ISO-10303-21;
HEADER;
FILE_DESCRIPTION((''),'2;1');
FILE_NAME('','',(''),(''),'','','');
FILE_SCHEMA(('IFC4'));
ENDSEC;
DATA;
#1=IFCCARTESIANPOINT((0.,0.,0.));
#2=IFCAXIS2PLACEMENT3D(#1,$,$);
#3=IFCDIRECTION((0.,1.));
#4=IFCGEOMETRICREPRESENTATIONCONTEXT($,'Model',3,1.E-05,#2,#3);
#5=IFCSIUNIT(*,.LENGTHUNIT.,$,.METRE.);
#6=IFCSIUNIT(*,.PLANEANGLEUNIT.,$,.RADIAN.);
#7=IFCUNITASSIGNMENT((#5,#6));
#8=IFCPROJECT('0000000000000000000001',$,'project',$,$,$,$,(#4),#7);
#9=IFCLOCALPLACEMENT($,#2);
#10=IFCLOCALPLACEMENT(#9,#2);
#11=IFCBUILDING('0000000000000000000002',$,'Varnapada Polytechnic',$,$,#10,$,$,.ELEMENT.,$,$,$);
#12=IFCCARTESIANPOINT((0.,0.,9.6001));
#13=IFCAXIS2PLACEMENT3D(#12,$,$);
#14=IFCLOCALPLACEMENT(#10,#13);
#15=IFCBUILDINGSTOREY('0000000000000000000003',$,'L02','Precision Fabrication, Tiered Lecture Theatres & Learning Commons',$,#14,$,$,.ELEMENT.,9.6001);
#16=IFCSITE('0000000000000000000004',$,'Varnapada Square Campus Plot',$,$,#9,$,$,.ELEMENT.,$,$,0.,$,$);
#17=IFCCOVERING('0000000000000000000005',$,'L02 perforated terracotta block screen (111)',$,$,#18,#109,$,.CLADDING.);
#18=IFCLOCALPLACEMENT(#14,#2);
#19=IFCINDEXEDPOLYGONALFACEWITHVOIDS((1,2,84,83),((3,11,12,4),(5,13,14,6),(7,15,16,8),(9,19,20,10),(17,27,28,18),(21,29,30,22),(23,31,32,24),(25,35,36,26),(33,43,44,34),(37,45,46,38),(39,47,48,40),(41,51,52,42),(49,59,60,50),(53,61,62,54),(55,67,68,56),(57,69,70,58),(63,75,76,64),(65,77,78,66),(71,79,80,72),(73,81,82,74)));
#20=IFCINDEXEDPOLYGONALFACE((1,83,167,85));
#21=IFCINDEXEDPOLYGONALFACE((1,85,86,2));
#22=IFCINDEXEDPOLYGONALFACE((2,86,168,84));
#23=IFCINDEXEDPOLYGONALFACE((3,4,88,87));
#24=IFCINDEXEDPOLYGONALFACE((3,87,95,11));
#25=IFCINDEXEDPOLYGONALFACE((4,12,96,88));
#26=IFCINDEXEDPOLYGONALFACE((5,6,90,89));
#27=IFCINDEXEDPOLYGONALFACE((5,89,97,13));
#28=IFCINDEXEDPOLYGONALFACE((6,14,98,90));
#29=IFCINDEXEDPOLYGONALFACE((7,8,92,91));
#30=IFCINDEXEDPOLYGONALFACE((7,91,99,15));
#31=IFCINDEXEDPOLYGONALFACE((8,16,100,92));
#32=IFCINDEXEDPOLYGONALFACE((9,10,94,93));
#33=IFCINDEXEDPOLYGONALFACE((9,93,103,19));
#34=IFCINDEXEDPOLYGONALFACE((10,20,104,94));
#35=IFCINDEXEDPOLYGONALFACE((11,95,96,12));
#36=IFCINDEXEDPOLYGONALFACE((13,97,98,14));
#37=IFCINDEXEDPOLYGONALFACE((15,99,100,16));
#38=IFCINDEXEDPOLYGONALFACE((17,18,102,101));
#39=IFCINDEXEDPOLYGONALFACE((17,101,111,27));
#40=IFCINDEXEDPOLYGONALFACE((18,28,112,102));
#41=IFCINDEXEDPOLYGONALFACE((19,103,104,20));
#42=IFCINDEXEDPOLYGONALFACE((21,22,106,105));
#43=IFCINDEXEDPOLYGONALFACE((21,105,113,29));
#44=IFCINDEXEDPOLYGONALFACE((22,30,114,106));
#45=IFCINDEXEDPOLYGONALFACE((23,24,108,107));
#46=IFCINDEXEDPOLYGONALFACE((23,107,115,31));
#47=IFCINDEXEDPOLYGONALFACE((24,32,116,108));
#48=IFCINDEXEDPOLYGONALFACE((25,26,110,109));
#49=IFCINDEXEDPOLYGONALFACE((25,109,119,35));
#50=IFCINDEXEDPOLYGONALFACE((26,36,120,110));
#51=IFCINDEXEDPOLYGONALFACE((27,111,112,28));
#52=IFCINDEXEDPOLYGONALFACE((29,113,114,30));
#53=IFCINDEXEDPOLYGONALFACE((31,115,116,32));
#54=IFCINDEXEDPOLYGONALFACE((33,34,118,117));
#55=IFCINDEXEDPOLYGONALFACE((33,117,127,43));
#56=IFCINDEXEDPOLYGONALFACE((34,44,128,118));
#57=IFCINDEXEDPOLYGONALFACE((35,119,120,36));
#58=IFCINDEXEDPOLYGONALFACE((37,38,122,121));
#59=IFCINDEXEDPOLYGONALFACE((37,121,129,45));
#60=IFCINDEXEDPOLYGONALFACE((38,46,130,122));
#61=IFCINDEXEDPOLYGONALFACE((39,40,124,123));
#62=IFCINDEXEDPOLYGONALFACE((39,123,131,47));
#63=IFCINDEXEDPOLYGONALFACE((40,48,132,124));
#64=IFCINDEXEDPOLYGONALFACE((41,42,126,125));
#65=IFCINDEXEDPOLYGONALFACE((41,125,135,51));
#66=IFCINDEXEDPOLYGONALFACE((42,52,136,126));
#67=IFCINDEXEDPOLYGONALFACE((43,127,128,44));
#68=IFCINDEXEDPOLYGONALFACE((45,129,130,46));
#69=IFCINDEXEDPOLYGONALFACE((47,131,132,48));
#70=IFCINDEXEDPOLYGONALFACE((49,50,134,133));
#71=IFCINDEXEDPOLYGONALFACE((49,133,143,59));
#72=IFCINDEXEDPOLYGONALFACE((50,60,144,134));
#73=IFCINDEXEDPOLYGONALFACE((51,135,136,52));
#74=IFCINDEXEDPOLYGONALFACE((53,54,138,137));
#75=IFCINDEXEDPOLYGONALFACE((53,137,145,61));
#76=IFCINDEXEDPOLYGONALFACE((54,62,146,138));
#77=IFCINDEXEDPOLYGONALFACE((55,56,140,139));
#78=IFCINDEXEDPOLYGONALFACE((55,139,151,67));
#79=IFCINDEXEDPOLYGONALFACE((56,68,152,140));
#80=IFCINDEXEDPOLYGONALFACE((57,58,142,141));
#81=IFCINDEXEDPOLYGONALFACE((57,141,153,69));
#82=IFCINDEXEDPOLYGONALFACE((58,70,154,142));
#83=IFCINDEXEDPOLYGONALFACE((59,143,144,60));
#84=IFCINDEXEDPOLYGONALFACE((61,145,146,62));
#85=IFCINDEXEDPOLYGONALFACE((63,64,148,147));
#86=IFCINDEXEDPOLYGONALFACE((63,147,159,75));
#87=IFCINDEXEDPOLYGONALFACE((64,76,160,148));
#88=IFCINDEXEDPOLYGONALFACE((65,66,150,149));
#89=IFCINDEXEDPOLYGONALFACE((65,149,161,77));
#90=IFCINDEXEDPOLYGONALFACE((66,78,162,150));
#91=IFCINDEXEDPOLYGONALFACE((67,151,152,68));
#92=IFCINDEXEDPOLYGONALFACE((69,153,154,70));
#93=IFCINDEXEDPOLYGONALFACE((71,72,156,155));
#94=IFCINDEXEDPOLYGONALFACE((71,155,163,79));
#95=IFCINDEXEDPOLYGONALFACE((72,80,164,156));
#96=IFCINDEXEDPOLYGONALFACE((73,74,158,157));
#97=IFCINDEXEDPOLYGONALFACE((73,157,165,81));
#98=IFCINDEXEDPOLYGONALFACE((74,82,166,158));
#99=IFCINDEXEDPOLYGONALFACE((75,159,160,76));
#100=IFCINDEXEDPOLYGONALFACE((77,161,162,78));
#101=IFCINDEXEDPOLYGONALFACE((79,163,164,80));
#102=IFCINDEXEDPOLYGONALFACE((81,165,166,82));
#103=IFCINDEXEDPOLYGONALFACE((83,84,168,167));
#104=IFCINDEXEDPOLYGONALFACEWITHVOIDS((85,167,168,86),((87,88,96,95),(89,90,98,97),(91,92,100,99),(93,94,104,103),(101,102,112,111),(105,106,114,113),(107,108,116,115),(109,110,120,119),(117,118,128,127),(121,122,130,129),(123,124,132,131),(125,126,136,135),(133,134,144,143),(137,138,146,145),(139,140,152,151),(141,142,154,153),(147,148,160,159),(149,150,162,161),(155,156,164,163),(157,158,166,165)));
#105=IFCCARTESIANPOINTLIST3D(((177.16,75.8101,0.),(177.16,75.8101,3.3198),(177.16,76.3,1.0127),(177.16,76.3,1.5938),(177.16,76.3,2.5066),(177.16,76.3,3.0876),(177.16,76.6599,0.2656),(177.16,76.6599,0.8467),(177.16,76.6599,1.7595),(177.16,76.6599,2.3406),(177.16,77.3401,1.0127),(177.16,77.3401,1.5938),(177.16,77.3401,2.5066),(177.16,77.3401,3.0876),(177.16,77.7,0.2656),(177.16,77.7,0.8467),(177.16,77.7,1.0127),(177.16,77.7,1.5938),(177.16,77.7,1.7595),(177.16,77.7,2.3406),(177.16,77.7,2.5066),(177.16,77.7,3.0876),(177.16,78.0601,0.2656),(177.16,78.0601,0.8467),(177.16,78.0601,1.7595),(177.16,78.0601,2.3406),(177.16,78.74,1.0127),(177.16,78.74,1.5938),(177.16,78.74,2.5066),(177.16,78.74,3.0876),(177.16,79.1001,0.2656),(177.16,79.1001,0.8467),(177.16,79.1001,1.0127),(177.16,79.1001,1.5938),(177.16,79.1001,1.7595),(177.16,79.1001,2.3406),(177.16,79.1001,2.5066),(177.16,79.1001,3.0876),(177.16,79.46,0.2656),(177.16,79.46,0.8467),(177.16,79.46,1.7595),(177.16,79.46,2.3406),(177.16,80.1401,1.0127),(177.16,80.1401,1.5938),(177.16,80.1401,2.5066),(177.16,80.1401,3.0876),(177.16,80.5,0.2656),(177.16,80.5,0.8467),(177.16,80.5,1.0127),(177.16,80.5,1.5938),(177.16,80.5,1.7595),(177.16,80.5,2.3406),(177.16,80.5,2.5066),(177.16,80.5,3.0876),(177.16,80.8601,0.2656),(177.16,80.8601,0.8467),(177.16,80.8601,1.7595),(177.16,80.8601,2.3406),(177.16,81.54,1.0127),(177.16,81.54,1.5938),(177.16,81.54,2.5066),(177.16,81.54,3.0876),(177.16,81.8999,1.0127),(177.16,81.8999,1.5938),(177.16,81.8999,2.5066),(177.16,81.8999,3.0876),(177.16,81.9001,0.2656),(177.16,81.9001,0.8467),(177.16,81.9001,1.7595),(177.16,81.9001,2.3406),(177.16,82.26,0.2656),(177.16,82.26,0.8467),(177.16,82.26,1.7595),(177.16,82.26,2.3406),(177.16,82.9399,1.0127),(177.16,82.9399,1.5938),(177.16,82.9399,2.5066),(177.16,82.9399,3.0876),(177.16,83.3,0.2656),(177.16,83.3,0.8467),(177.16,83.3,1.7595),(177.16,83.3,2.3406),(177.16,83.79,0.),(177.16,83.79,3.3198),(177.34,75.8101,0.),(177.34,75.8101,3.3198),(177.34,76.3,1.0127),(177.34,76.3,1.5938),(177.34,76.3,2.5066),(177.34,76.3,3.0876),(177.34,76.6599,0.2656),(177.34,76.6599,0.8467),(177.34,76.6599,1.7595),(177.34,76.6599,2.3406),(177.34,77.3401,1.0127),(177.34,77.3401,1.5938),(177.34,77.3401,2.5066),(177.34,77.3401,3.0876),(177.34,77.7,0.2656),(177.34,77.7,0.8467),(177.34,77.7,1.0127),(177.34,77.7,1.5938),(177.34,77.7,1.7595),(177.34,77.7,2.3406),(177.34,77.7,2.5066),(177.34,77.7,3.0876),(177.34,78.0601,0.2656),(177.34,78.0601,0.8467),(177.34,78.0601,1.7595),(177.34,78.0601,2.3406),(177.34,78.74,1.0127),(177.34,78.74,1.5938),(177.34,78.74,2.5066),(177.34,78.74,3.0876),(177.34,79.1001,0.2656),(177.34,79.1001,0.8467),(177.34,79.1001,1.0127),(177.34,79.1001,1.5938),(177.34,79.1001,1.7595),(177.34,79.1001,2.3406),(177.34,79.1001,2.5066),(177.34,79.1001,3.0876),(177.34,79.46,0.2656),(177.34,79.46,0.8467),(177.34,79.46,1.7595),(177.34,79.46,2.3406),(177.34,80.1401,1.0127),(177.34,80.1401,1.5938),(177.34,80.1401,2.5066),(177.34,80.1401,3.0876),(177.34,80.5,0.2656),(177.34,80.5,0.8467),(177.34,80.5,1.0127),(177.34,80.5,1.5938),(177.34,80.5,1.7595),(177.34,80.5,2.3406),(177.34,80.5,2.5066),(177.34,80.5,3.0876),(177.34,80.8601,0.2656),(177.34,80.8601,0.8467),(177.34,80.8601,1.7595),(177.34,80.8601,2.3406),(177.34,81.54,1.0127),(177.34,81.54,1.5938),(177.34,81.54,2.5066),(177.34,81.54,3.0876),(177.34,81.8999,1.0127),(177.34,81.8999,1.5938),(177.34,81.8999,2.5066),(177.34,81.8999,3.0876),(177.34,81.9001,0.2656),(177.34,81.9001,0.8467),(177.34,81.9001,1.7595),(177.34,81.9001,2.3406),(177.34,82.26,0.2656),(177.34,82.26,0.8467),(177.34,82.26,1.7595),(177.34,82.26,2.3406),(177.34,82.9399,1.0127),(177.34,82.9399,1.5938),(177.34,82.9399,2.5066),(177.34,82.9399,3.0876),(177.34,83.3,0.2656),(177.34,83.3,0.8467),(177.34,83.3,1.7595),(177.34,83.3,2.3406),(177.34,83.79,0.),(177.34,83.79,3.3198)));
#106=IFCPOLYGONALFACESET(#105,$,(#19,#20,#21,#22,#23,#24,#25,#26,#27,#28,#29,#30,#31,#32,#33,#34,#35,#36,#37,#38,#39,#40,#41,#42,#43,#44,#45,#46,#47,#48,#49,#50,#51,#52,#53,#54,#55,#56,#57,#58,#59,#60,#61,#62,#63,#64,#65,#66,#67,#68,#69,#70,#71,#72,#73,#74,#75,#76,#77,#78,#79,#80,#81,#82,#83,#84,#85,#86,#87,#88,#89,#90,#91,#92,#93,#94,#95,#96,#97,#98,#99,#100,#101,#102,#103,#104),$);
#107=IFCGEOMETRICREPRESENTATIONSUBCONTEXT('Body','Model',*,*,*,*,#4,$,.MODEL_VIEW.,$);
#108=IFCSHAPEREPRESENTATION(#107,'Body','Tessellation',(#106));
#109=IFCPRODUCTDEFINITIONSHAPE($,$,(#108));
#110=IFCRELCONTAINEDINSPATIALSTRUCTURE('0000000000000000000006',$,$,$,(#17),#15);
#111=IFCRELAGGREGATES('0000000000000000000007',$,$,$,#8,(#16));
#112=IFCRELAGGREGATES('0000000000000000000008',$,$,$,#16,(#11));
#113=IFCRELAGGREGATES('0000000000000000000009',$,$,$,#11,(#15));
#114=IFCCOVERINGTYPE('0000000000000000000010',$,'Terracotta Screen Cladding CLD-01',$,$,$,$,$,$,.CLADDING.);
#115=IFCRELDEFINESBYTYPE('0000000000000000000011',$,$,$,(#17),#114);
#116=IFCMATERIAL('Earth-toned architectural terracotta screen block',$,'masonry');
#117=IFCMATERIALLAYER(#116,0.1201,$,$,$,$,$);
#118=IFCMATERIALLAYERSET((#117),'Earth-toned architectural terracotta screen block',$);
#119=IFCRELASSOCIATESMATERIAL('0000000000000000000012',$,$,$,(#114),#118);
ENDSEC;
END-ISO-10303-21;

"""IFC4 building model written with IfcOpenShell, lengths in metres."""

from ifc_helpers import new_model, si_unit, direction, frame, frame_2d, origin, place, context, subcontext, project, spatial, rectangle, extrude, material, layer, layer_set, type_object, element, save


model = new_model("IFC4")

# Units and contexts
model_context = context("Model", 3, precision=1e-05, world=origin(), true_north=direction((0.0, 1.0)))
body_context = subcontext(model_context, "Body", "Model", "MODEL_VIEW")
ifc_project = project(units=[si_unit("LENGTHUNIT", "METRE"), si_unit("PLANEANGLEUNIT", "RADIAN")], contexts=[model_context])

# Site, building, storey
site_placement = place(None, origin())
site = spatial("IfcSite", under=ifc_project, at=site_placement, Name="Varnapada Square Campus Plot", CompositionType="ELEMENT", RefElevation=0.0)
building_placement = place(site_placement, origin())
building = spatial("IfcBuilding", under=site, at=building_placement, Name="Varnapada Polytechnic", CompositionType="ELEMENT")
storey_placement = place(building_placement, frame((0.0, 0.0, 9.6001)))
storey = spatial("IfcBuildingStorey", under=building, at=storey_placement, Name="L02", Description="Precision Fabrication, Tiered Lecture Theatres & Learning Commons", CompositionType="ELEMENT", Elevation=9.6001)

# Covering, openings
ifc_material_1 = material(Name="Earth-toned architectural terracotta screen block", Category="masonry")
ifc_layer_1 = layer(ifc_material_1, 0.1201)
ifc_layer_set_1 = layer_set([ifc_layer_1], Name="Earth-toned architectural terracotta screen block")
covering_type = type_object("IfcCoveringType", Name="Terracotta Screen Cladding CLD-01", PredefinedType="CLADDING", material=ifc_layer_set_1)
covering_placement = place(storey_placement, frame((177.25, 83.79, 0.0), z_axis=(0.0, 0.0, 1.0), x_axis=(0.0, -1.0, 0.0)))
covering = element("IfcCovering", 1, at=covering_placement, inside=storey, type_object=covering_type, Name="L02 perforated terracotta block screen (111)", PredefinedType="CLADDING", context=body_context, shape_type="SweptSolid", body=[
    extrude(rectangle(XDim=7.98, YDim=0.1799, at=frame_2d((3.99, 0.0))), origin(), (0.0, 0.0, 1.0), 3.3198),
])
opening_1_placement = place(covering_placement, frame((0.49, 0.0, 0.2656)))
element("IfcOpeningElement", 2, at=opening_1_placement, cuts=covering, PredefinedType="OPENING", context=body_context, shape_type="SweptSolid", body=[
    extrude(rectangle(XDim=1.04, YDim=0.5811, at=frame_2d((0.52, 0.2905))), frame((0.0, 0.0999, 0.0), z_axis=(0.0, -1.0, 0.0), x_axis=(1.0, 0.0, 0.0)), (0.0, 0.0, 1.0), 0.2),
])
opening_2_placement = place(covering_placement, frame((1.8899, 0.0, 0.2656)))
element("IfcOpeningElement", 3, at=opening_2_placement, cuts=covering, PredefinedType="OPENING", context=body_context, shape_type="SweptSolid", body=[
    extrude(rectangle(XDim=1.04, YDim=0.5811, at=frame_2d((0.52, 0.2905))), frame((0.0, 0.0999, 0.0), z_axis=(0.0, -1.0, 0.0), x_axis=(1.0, 0.0, 0.0)), (0.0, 0.0, 1.0), 0.2),
])
opening_3_placement = place(covering_placement, frame((3.29, 0.0, 0.2656)))
element("IfcOpeningElement", 4, at=opening_3_placement, cuts=covering, PredefinedType="OPENING", context=body_context, shape_type="SweptSolid", body=[
    extrude(rectangle(XDim=1.04, YDim=0.5811, at=frame_2d((0.52, 0.2905))), frame((0.0, 0.0999, 0.0), z_axis=(0.0, -1.0, 0.0), x_axis=(1.0, 0.0, 0.0)), (0.0, 0.0, 1.0), 0.2),
])
opening_4_placement = place(covering_placement, frame((4.6899, 0.0, 0.2656)))
element("IfcOpeningElement", 5, at=opening_4_placement, cuts=covering, PredefinedType="OPENING", context=body_context, shape_type="SweptSolid", body=[
    extrude(rectangle(XDim=1.04, YDim=0.5811, at=frame_2d((0.52, 0.2905))), frame((0.0, 0.0999, 0.0), z_axis=(0.0, -1.0, 0.0), x_axis=(1.0, 0.0, 0.0)), (0.0, 0.0, 1.0), 0.2),
])
opening_5_placement = place(covering_placement, frame((6.0901, 0.0, 0.2656)))
element("IfcOpeningElement", 6, at=opening_5_placement, cuts=covering, PredefinedType="OPENING", context=body_context, shape_type="SweptSolid", body=[
    extrude(rectangle(XDim=1.04, YDim=0.5811, at=frame_2d((0.52, 0.2905))), frame((0.0, 0.0999, 0.0), z_axis=(0.0, -1.0, 0.0), x_axis=(1.0, 0.0, 0.0)), (0.0, 0.0, 1.0), 0.2),
])
opening_6_placement = place(covering_placement, frame((0.8501, 0.0, 1.0127)))
element("IfcOpeningElement", 7, at=opening_6_placement, cuts=covering, PredefinedType="OPENING", context=body_context, shape_type="SweptSolid", body=[
    extrude(rectangle(XDim=1.04, YDim=0.5811, at=frame_2d((0.52, 0.2905))), frame((0.0, 0.0999, 0.0), z_axis=(0.0, -1.0, 0.0), x_axis=(1.0, 0.0, 0.0)), (0.0, 0.0, 1.0), 0.2),
])
opening_7_placement = place(covering_placement, frame((2.25, 0.0, 1.0127)))
element("IfcOpeningElement", 8, at=opening_7_placement, cuts=covering, PredefinedType="OPENING", context=body_context, shape_type="SweptSolid", body=[
    extrude(rectangle(XDim=1.04, YDim=0.5811, at=frame_2d((0.52, 0.2905))), frame((0.0, 0.0999, 0.0), z_axis=(0.0, -1.0, 0.0), x_axis=(1.0, 0.0, 0.0)), (0.0, 0.0, 1.0), 0.2),
])
opening_8_placement = place(covering_placement, frame((3.6499, 0.0, 1.0127)))
element("IfcOpeningElement", 9, at=opening_8_placement, cuts=covering, PredefinedType="OPENING", context=body_context, shape_type="SweptSolid", body=[
    extrude(rectangle(XDim=1.04, YDim=0.5811, at=frame_2d((0.52, 0.2905))), frame((0.0, 0.0999, 0.0), z_axis=(0.0, -1.0, 0.0), x_axis=(1.0, 0.0, 0.0)), (0.0, 0.0, 1.0), 0.2),
])
opening_9_placement = place(covering_placement, frame((5.05, 0.0, 1.0127)))
element("IfcOpeningElement", 10, at=opening_9_placement, cuts=covering, PredefinedType="OPENING", context=body_context, shape_type="SweptSolid", body=[
    extrude(rectangle(XDim=1.04, YDim=0.5811, at=frame_2d((0.52, 0.2905))), frame((0.0, 0.0999, 0.0), z_axis=(0.0, -1.0, 0.0), x_axis=(1.0, 0.0, 0.0)), (0.0, 0.0, 1.0), 0.2),
])
opening_10_placement = place(covering_placement, frame((6.45, 0.0, 1.0127)))
element("IfcOpeningElement", 11, at=opening_10_placement, cuts=covering, PredefinedType="OPENING", context=body_context, shape_type="SweptSolid", body=[
    extrude(rectangle(XDim=1.04, YDim=0.5811, at=frame_2d((0.52, 0.2905))), frame((0.0, 0.0999, 0.0), z_axis=(0.0, -1.0, 0.0), x_axis=(1.0, 0.0, 0.0)), (0.0, 0.0, 1.0), 0.2),
])
opening_11_placement = place(covering_placement, frame((0.49, 0.0, 1.7595)))
element("IfcOpeningElement", 12, at=opening_11_placement, cuts=covering, PredefinedType="OPENING", context=body_context, shape_type="SweptSolid", body=[
    extrude(rectangle(XDim=1.04, YDim=0.5811, at=frame_2d((0.52, 0.2905))), frame((0.0, 0.0999, 0.0), z_axis=(0.0, -1.0, 0.0), x_axis=(1.0, 0.0, 0.0)), (0.0, 0.0, 1.0), 0.2),
])
opening_12_placement = place(covering_placement, frame((1.8899, 0.0, 1.7595)))
element("IfcOpeningElement", 13, at=opening_12_placement, cuts=covering, PredefinedType="OPENING", context=body_context, shape_type="SweptSolid", body=[
    extrude(rectangle(XDim=1.04, YDim=0.5811, at=frame_2d((0.52, 0.2905))), frame((0.0, 0.0999, 0.0), z_axis=(0.0, -1.0, 0.0), x_axis=(1.0, 0.0, 0.0)), (0.0, 0.0, 1.0), 0.2),
])
opening_13_placement = place(covering_placement, frame((3.29, 0.0, 1.7595)))
element("IfcOpeningElement", 14, at=opening_13_placement, cuts=covering, PredefinedType="OPENING", context=body_context, shape_type="SweptSolid", body=[
    extrude(rectangle(XDim=1.04, YDim=0.5811, at=frame_2d((0.52, 0.2905))), frame((0.0, 0.0999, 0.0), z_axis=(0.0, -1.0, 0.0), x_axis=(1.0, 0.0, 0.0)), (0.0, 0.0, 1.0), 0.2),
])
opening_14_placement = place(covering_placement, frame((4.6899, 0.0, 1.7595)))
element("IfcOpeningElement", 15, at=opening_14_placement, cuts=covering, PredefinedType="OPENING", context=body_context, shape_type="SweptSolid", body=[
    extrude(rectangle(XDim=1.04, YDim=0.5811, at=frame_2d((0.52, 0.2905))), frame((0.0, 0.0999, 0.0), z_axis=(0.0, -1.0, 0.0), x_axis=(1.0, 0.0, 0.0)), (0.0, 0.0, 1.0), 0.2),
])
opening_15_placement = place(covering_placement, frame((6.0901, 0.0, 1.7595)))
element("IfcOpeningElement", 16, at=opening_15_placement, cuts=covering, PredefinedType="OPENING", context=body_context, shape_type="SweptSolid", body=[
    extrude(rectangle(XDim=1.04, YDim=0.5811, at=frame_2d((0.52, 0.2905))), frame((0.0, 0.0999, 0.0), z_axis=(0.0, -1.0, 0.0), x_axis=(1.0, 0.0, 0.0)), (0.0, 0.0, 1.0), 0.2),
])
opening_16_placement = place(covering_placement, frame((0.8501, 0.0, 2.5066)))
element("IfcOpeningElement", 17, at=opening_16_placement, cuts=covering, PredefinedType="OPENING", context=body_context, shape_type="SweptSolid", body=[
    extrude(rectangle(XDim=1.04, YDim=0.5811, at=frame_2d((0.52, 0.2905))), frame((0.0, 0.0999, 0.0), z_axis=(0.0, -1.0, 0.0), x_axis=(1.0, 0.0, 0.0)), (0.0, 0.0, 1.0), 0.2),
])
opening_17_placement = place(covering_placement, frame((2.25, 0.0, 2.5066)))
element("IfcOpeningElement", 18, at=opening_17_placement, cuts=covering, PredefinedType="OPENING", context=body_context, shape_type="SweptSolid", body=[
    extrude(rectangle(XDim=1.04, YDim=0.5811, at=frame_2d((0.52, 0.2905))), frame((0.0, 0.0999, 0.0), z_axis=(0.0, -1.0, 0.0), x_axis=(1.0, 0.0, 0.0)), (0.0, 0.0, 1.0), 0.2),
])
opening_18_placement = place(covering_placement, frame((3.6499, 0.0, 2.5066)))
element("IfcOpeningElement", 19, at=opening_18_placement, cuts=covering, PredefinedType="OPENING", context=body_context, shape_type="SweptSolid", body=[
    extrude(rectangle(XDim=1.04, YDim=0.5811, at=frame_2d((0.52, 0.2905))), frame((0.0, 0.0999, 0.0), z_axis=(0.0, -1.0, 0.0), x_axis=(1.0, 0.0, 0.0)), (0.0, 0.0, 1.0), 0.2),
])
opening_19_placement = place(covering_placement, frame((5.05, 0.0, 2.5066)))
element("IfcOpeningElement", 20, at=opening_19_placement, cuts=covering, PredefinedType="OPENING", context=body_context, shape_type="SweptSolid", body=[
    extrude(rectangle(XDim=1.04, YDim=0.5811, at=frame_2d((0.52, 0.2905))), frame((0.0, 0.0999, 0.0), z_axis=(0.0, -1.0, 0.0), x_axis=(1.0, 0.0, 0.0)), (0.0, 0.0, 1.0), 0.2),
])
opening_20_placement = place(covering_placement, frame((6.45, 0.0, 2.5066)))
element("IfcOpeningElement", 21, at=opening_20_placement, cuts=covering, PredefinedType="OPENING", context=body_context, shape_type="SweptSolid", body=[
    extrude(rectangle(XDim=1.04, YDim=0.5811, at=frame_2d((0.52, 0.2905))), frame((0.0, 0.0999, 0.0), z_axis=(0.0, -1.0, 0.0), x_axis=(1.0, 0.0, 0.0)), (0.0, 0.0, 1.0), 0.2),
])

save(model, "model.ifc")
